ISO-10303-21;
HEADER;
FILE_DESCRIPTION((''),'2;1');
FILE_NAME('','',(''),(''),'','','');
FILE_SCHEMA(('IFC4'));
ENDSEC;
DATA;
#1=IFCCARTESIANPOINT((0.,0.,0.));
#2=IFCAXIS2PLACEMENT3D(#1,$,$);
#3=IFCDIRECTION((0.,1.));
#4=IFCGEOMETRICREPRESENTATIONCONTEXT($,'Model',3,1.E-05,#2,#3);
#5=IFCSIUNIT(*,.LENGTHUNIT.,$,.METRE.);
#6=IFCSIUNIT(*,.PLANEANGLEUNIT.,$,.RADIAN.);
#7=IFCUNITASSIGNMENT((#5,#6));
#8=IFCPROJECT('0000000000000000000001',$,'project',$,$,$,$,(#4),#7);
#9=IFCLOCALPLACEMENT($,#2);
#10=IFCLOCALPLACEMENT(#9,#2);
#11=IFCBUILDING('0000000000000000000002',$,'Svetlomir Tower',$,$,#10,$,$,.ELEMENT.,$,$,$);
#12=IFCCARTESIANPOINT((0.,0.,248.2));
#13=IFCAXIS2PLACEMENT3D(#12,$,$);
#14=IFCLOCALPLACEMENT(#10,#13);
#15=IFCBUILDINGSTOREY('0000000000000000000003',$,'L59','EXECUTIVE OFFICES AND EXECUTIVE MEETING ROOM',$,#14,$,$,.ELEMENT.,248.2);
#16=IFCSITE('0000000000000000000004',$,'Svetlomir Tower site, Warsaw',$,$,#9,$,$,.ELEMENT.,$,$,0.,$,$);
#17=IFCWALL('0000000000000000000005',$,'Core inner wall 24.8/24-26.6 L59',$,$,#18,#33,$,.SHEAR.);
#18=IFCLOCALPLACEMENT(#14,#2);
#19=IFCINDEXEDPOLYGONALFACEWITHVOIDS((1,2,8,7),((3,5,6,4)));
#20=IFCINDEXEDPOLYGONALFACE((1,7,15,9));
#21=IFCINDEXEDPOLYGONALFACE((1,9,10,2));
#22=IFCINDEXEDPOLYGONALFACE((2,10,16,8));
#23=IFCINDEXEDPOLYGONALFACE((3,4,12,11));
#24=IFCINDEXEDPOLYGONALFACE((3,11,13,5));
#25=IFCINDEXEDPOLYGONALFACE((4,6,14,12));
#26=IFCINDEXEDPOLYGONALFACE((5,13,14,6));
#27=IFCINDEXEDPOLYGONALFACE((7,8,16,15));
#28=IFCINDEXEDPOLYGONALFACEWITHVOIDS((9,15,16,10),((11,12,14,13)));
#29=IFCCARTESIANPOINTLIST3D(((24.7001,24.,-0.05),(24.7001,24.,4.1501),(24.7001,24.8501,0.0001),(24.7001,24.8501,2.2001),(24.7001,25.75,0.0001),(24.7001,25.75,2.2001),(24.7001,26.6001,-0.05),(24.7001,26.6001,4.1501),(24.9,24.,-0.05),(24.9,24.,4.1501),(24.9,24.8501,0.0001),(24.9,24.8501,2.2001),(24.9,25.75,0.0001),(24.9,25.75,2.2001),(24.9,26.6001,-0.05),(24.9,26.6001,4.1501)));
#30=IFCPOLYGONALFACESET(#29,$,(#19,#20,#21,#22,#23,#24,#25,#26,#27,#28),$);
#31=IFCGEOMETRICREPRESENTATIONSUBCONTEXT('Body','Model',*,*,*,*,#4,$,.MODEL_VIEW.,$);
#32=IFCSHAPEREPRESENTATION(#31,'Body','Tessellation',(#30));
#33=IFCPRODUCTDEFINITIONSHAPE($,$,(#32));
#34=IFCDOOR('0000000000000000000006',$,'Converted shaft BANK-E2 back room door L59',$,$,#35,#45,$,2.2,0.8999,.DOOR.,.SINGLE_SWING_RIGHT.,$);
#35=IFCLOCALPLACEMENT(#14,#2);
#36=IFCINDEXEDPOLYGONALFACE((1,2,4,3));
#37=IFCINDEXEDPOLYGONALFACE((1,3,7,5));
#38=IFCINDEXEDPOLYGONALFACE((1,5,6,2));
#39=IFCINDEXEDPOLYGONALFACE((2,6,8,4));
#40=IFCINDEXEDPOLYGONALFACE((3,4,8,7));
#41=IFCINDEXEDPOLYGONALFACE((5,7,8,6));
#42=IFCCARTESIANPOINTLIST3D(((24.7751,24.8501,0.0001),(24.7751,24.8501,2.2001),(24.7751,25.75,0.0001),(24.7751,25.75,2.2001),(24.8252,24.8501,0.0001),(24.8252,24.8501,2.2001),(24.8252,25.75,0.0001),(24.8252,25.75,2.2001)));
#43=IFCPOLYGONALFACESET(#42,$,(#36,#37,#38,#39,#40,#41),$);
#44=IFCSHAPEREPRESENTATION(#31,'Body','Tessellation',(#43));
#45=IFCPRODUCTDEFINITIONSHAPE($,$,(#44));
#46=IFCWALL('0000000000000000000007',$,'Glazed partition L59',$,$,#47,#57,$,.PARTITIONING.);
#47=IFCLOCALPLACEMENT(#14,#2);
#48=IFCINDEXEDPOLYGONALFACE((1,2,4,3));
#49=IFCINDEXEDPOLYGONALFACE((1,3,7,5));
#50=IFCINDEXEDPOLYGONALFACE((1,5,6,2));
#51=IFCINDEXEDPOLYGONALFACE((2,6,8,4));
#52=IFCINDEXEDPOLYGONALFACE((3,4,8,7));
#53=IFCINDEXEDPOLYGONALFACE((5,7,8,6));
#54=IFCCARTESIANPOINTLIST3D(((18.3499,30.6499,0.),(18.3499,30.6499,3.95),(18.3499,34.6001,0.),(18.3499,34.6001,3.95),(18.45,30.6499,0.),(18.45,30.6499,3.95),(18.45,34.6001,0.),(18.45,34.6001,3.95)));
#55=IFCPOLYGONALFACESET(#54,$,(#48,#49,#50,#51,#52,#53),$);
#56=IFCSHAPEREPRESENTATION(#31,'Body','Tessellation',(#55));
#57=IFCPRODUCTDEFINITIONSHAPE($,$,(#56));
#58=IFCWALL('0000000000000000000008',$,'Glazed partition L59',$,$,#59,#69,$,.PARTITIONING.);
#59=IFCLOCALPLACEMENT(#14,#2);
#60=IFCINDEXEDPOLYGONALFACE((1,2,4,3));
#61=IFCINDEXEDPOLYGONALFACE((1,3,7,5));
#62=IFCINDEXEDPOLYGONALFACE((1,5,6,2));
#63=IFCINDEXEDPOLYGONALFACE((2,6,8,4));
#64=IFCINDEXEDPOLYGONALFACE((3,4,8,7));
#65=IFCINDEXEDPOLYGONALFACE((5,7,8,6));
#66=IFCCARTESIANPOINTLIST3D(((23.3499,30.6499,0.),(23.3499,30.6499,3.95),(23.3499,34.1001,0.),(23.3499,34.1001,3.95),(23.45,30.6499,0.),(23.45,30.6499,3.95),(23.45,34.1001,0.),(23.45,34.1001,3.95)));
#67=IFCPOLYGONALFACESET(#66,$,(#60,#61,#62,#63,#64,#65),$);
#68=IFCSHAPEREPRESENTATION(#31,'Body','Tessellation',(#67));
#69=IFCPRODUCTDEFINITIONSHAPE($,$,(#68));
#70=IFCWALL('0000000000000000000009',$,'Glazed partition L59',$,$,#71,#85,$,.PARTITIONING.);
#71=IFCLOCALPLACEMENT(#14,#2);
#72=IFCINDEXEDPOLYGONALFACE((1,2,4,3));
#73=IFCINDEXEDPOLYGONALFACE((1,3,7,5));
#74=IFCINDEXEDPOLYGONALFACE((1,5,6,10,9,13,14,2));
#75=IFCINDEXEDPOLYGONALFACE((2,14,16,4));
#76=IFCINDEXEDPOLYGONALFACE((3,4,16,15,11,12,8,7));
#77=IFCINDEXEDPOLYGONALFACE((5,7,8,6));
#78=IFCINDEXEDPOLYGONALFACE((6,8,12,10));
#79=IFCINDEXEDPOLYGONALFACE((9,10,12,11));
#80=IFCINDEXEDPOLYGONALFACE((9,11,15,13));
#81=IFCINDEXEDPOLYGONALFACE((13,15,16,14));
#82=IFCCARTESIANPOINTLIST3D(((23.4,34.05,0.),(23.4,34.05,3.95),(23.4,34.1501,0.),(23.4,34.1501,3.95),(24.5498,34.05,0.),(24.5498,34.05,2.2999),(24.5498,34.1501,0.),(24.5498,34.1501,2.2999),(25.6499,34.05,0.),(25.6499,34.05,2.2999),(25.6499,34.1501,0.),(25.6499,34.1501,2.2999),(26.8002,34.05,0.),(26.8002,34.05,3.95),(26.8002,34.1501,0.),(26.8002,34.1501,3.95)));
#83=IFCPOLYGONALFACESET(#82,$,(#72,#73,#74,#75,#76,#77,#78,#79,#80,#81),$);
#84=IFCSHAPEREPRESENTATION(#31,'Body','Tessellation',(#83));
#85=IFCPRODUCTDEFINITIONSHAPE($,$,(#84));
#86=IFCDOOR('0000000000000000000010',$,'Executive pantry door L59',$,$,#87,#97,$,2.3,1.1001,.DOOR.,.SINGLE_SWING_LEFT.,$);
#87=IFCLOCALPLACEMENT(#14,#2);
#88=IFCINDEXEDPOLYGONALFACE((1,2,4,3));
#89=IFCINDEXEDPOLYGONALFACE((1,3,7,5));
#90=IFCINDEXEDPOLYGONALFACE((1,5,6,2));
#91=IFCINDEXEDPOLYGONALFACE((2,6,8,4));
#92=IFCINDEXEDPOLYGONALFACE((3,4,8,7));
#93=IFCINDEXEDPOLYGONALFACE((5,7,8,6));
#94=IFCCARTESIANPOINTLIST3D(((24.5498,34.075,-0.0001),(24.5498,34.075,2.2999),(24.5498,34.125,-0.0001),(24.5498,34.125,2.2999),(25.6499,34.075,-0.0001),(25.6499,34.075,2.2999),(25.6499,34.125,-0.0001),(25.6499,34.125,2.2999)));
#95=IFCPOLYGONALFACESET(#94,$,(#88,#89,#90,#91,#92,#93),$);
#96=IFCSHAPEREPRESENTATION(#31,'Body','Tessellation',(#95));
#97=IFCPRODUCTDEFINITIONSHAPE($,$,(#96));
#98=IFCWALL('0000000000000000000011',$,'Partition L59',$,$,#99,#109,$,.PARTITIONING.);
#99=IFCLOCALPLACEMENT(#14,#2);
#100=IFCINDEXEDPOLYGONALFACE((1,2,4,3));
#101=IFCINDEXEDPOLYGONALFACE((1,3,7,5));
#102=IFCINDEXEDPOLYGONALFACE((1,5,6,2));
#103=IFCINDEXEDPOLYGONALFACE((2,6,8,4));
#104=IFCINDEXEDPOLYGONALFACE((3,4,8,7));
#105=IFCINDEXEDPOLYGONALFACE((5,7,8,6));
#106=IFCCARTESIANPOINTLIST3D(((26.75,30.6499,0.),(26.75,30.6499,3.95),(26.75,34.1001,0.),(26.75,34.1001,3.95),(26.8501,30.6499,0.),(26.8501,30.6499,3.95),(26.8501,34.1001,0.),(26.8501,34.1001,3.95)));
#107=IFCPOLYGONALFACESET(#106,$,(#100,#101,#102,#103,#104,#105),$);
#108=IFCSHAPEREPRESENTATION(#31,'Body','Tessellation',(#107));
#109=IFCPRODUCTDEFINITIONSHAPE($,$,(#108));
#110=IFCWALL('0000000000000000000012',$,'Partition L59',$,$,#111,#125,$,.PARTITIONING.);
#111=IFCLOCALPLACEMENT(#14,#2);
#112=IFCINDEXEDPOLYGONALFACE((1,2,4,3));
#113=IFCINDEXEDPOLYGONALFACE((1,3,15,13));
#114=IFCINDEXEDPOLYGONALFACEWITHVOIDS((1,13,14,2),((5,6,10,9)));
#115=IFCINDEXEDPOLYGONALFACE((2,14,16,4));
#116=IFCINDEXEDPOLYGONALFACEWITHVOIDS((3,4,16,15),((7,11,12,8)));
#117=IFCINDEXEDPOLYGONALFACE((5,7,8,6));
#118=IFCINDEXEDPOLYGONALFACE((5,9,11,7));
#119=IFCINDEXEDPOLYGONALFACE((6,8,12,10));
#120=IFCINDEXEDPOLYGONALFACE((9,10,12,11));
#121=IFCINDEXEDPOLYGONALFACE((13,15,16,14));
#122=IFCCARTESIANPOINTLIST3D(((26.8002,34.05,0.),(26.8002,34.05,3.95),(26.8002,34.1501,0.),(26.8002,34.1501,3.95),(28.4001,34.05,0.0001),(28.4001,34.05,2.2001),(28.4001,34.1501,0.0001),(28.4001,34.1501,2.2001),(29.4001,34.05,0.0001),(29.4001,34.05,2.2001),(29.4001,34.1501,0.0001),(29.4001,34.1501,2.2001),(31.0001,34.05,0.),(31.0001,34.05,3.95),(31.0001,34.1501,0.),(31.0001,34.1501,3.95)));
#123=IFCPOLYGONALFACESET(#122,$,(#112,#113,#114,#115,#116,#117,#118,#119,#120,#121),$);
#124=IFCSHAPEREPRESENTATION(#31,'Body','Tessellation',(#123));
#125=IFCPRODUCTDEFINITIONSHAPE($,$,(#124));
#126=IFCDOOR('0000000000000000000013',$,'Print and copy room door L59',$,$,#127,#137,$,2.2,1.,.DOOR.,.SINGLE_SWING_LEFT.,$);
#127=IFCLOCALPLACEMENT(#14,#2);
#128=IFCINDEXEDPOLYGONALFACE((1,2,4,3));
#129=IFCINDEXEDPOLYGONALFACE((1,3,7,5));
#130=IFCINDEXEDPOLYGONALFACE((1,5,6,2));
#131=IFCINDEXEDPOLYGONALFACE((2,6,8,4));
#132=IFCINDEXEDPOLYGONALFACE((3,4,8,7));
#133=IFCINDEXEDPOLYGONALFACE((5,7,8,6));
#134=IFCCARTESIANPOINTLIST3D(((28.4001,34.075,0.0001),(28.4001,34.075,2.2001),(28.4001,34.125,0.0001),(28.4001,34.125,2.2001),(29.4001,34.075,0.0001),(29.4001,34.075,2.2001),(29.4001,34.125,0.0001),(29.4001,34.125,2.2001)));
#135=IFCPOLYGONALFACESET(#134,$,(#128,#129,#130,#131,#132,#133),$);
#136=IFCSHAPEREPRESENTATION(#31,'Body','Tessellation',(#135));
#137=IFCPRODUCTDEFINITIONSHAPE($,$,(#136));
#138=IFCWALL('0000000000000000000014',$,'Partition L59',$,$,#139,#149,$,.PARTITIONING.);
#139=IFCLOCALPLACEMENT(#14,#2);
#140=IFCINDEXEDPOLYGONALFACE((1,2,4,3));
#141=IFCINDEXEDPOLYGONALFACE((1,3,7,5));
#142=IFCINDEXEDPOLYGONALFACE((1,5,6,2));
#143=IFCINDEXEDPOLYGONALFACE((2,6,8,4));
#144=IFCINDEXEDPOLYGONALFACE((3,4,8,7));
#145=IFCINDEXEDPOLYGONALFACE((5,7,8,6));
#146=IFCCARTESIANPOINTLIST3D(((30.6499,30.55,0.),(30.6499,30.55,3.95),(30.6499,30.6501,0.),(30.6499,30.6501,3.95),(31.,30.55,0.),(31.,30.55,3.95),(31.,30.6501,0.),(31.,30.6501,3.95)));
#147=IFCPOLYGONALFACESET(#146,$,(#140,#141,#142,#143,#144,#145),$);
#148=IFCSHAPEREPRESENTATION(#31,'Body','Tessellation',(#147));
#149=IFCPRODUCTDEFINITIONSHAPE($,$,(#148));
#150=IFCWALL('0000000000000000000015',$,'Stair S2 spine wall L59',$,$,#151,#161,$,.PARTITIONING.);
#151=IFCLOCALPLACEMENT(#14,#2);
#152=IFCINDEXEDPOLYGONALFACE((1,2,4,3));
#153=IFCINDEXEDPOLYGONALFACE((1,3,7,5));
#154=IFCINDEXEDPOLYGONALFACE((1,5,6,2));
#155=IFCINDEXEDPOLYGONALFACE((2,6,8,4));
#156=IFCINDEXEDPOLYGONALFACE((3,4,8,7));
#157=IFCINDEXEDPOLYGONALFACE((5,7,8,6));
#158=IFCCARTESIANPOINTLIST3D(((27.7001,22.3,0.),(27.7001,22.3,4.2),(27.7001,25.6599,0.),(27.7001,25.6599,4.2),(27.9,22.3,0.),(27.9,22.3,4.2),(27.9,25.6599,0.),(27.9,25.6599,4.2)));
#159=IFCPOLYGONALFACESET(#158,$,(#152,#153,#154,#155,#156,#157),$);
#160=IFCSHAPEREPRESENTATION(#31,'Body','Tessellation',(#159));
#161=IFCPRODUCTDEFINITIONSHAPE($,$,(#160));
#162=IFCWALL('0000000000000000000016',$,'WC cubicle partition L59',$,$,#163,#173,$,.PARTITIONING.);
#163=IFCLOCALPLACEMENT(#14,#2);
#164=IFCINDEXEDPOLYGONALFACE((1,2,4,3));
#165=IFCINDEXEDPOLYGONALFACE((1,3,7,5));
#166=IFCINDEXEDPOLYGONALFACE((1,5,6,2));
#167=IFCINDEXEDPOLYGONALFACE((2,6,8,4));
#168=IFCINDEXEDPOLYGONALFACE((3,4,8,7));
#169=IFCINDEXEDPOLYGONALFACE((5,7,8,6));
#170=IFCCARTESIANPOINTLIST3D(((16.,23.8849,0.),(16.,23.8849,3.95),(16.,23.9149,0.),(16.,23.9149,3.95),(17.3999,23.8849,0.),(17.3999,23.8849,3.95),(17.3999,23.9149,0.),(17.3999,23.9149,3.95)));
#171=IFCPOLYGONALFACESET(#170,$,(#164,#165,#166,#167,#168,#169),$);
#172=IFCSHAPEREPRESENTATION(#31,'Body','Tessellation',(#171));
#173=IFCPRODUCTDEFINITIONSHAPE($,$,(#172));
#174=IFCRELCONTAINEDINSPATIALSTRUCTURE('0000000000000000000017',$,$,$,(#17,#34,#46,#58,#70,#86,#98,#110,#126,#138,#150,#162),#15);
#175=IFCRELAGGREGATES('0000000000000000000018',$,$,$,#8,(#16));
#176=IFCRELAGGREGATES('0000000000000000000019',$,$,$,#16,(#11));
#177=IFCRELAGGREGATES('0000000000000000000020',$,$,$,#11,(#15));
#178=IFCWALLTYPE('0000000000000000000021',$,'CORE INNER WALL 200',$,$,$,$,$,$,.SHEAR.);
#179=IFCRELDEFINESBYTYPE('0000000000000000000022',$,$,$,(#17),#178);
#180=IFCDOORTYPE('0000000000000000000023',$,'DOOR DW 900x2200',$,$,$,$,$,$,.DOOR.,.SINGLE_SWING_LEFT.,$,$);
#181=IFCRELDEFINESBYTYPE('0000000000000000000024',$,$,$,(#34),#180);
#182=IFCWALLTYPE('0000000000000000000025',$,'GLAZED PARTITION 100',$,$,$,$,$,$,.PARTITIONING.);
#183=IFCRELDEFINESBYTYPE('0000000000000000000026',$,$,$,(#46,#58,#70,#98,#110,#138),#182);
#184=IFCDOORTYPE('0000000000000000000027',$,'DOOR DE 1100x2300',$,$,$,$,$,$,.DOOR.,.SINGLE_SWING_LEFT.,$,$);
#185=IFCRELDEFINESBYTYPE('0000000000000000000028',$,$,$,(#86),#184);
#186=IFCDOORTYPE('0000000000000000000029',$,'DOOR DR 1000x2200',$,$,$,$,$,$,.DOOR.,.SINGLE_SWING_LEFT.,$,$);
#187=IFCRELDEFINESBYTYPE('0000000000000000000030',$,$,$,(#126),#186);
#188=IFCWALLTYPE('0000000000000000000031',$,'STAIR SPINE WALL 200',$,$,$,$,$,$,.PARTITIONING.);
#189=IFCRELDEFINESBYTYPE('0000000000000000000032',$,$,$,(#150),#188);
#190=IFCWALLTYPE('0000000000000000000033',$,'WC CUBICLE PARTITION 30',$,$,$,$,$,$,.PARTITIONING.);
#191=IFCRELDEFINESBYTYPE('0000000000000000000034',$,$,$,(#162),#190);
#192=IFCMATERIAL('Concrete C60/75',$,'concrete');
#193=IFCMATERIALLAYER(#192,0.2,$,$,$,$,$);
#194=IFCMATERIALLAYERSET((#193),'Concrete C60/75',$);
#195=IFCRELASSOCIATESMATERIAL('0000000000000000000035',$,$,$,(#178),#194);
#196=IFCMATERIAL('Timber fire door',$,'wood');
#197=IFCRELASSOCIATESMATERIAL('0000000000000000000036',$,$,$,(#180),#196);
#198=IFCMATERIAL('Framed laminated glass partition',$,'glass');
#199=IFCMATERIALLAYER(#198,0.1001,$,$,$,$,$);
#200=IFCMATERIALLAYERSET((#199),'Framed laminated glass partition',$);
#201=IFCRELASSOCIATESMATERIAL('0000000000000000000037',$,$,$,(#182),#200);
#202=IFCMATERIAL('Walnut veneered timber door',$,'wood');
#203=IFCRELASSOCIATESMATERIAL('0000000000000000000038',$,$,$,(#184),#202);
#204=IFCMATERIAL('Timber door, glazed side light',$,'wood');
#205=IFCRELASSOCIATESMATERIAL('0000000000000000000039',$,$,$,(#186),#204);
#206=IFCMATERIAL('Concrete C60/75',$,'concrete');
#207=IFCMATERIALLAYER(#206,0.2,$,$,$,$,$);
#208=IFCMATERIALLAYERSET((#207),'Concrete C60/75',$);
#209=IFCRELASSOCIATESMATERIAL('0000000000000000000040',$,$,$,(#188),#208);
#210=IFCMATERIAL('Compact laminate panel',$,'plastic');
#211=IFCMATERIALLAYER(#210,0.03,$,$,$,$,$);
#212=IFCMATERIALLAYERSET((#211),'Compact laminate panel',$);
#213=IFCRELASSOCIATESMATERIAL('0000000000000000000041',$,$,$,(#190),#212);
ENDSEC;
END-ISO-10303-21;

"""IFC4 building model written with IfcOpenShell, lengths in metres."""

from ifc_helpers import new_model, si_unit, direction, frame, frame_2d, origin, place, context, subcontext, project, spatial, rectangle, extrude, material, layer, layer_set, type_object, element, fill, save


model = new_model("IFC4")

# Units and contexts
model_context = context("Model", 3, precision=1e-05, world=origin(), true_north=direction((0.0, 1.0)))
body_context = subcontext(model_context, "Body", "Model", "MODEL_VIEW")
ifc_project = project(units=[si_unit("LENGTHUNIT", "METRE"), si_unit("PLANEANGLEUNIT", "RADIAN")], contexts=[model_context])

# Site, building, storey
site_placement = place(None, origin())
site = spatial("IfcSite", under=ifc_project, at=site_placement, Name="Svetlomir Tower site, Warsaw", CompositionType="ELEMENT", RefElevation=0.0)
building_placement = place(site_placement, origin())
building = spatial("IfcBuilding", under=site, at=building_placement, Name="Svetlomir Tower", CompositionType="ELEMENT")
storey_placement = place(building_placement, frame((0.0, 0.0, 248.2)))
storey = spatial("IfcBuildingStorey", under=building, at=storey_placement, Name="L59", Description="EXECUTIVE OFFICES AND EXECUTIVE MEETING ROOM", CompositionType="ELEMENT", Elevation=248.2)

# Shared definitions
ifc_material_1 = material(Name="Concrete C60/75", Category="concrete")
ifc_layer_1 = layer(ifc_material_1, 0.2)
ifc_layer_set_1 = layer_set([ifc_layer_1], Name="Concrete C60/75")
wall_type_1 = type_object("IfcWallType", Name="CORE INNER WALL 200", PredefinedType="SHEAR", material=ifc_layer_set_1)

# Wall, opening, door
ifc_material_2 = material(Name="Timber fire door", Category="wood")
door_type_1 = type_object("IfcDoorType", Name="DOOR DW 900x2200", OperationType="SINGLE_SWING_LEFT", PredefinedType="DOOR", material=ifc_material_2)
wall_1_placement = place(storey_placement, frame((24.8, 24.0, -0.05), z_axis=(0.0, 0.0, 1.0), x_axis=(0.0, 1.0, 0.0)))
wall_1 = element("IfcWall", 1, at=wall_1_placement, inside=storey, type_object=wall_type_1, Name="Core inner wall 24.8/24-26.6 L59", PredefinedType="SHEAR", context=body_context, shape_type="SweptSolid", body=[
    extrude(rectangle(XDim=2.6001, YDim=0.2, at=frame_2d((1.3, 0.0))), origin(), (0.0, 0.0, 1.0), 4.2002),
])
opening_1_placement = place(wall_1_placement, frame((0.8501, 0.0, 0.05)))
opening_1 = element("IfcOpeningElement", 2, at=opening_1_placement, cuts=wall_1, PredefinedType="OPENING", context=body_context, shape_type="SweptSolid", body=[
    extrude(rectangle(XDim=0.8999, YDim=2.2, at=frame_2d((0.45, 1.1001))), frame((0.0, 0.1099, 0.0), z_axis=(0.0, -1.0, 0.0), x_axis=(1.0, 0.0, 0.0)), (0.0, 0.0, 1.0), 0.22),
])
door_1_placement = place(opening_1_placement, origin())
door_1 = element("IfcDoor", 3, at=door_1_placement, inside=storey, type_object=door_type_1, Name="Converted shaft BANK-E2 back room door L59", OperationType="SINGLE_SWING_RIGHT", OverallHeight=2.2, OverallWidth=0.8999, PredefinedType="DOOR", context=body_context, shape_type="SweptSolid", body=[
    extrude(rectangle(XDim=0.8999, YDim=2.2, at=frame_2d((0.45, 1.1001))), frame((0.0, 0.0249, 0.0), z_axis=(0.0, -1.0, 0.0), x_axis=(1.0, 0.0, 0.0)), (0.0, 0.0, 1.0), 0.05),
])
fill(opening_1, door_1)

# Walls
ifc_material_3 = material(Name="Framed laminated glass partition", Category="glass")
ifc_layer_2 = layer(ifc_material_3, 0.1001)
ifc_layer_set_2 = layer_set([ifc_layer_2], Name="Framed laminated glass partition")
wall_type_2 = type_object("IfcWallType", Name="GLAZED PARTITION 100", PredefinedType="PARTITIONING", material=ifc_layer_set_2)
wall_2_placement = place(storey_placement, frame((18.3999, 30.6499, 0.0), z_axis=(0.0, 0.0, 1.0), x_axis=(0.0, 1.0, 0.0)))
element("IfcWall", 4, at=wall_2_placement, inside=storey, type_object=wall_type_2, Name="Glazed partition L59", PredefinedType="PARTITIONING", context=body_context, shape_type="SweptSolid", body=[
    extrude(rectangle(XDim=3.9502, YDim=0.1001, at=frame_2d((1.9751, 0.0))), origin(), (0.0, 0.0, 1.0), 3.95),
])
wall_3_placement = place(storey_placement, frame((23.3999, 30.6499, 0.0), z_axis=(0.0, 0.0, 1.0), x_axis=(0.0, 1.0, 0.0)))
element("IfcWall", 5, at=wall_3_placement, inside=storey, type_object=wall_type_2, Name="Glazed partition L59", PredefinedType="PARTITIONING", context=body_context, shape_type="SweptSolid", body=[
    extrude(rectangle(XDim=3.4502, YDim=0.1001, at=frame_2d((1.7251, 0.0))), origin(), (0.0, 0.0, 1.0), 3.95),
])

# Wall, opening, door
wall_4_placement = place(storey_placement, frame((23.3999, 34.1001, 0.0), z_axis=(0.0, 0.0, 1.0), x_axis=(1.0, 0.0, 0.0)))
wall_4 = element("IfcWall", 6, at=wall_4_placement, inside=storey, type_object=wall_type_2, Name="Glazed partition L59", PredefinedType="PARTITIONING", context=body_context, shape_type="SweptSolid", body=[
    extrude(rectangle(XDim=3.4001, YDim=0.1001, at=frame_2d((1.7002, 0.0))), origin(), (0.0, 0.0, 1.0), 3.95),
])
opening_2_placement = place(wall_4_placement, frame((1.1499, 0.0, 0.0)))
opening_2 = element("IfcOpeningElement", 7, at=opening_2_placement, cuts=wall_4, PredefinedType="OPENING", context=body_context, shape_type="SweptSolid", body=[
    extrude(rectangle(XDim=1.1001, YDim=2.3, at=frame_2d((0.55, 1.1499))), frame((0.0, 0.0601, 0.0), z_axis=(0.0, -1.0, 0.0), x_axis=(1.0, 0.0, 0.0)), (0.0, 0.0, 1.0), 0.1201),
])
ifc_material_4 = material(Name="Walnut veneered timber door", Category="wood")
door_type_2 = type_object("IfcDoorType", Name="DOOR DE 1100x2300", OperationType="SINGLE_SWING_LEFT", PredefinedType="DOOR", material=ifc_material_4)
door_2_placement = place(opening_2_placement, origin())
door_2 = element("IfcDoor", 8, at=door_2_placement, inside=storey, type_object=door_type_2, Name="Executive pantry door L59", OperationType="SINGLE_SWING_LEFT", OverallHeight=2.3, OverallWidth=1.1001, PredefinedType="DOOR", context=body_context, shape_type="SweptSolid", body=[
    extrude(rectangle(XDim=1.1001, YDim=2.3, at=frame_2d((0.55, 1.1499))), frame((0.0, 0.0249, 0.0), z_axis=(0.0, -1.0, 0.0), x_axis=(1.0, 0.0, 0.0)), (0.0, 0.0, 1.0), 0.05),
])
fill(opening_2, door_2)

# Wall
wall_5_placement = place(storey_placement, frame((26.8, 30.6499, 0.0), z_axis=(0.0, 0.0, 1.0), x_axis=(0.0, 1.0, 0.0)))
element("IfcWall", 9, at=wall_5_placement, inside=storey, type_object=wall_type_2, Name="Partition L59", PredefinedType="PARTITIONING", context=body_context, shape_type="SweptSolid", body=[
    extrude(rectangle(XDim=3.4502, YDim=0.1001, at=frame_2d((1.7251, 0.0))), origin(), (0.0, 0.0, 1.0), 3.95),
])

# Wall, opening, door
wall_6_placement = place(storey_placement, frame((26.8, 34.1001, 0.0), z_axis=(0.0, 0.0, 1.0), x_axis=(1.0, 0.0, 0.0)))
wall_6 = element("IfcWall", 10, at=wall_6_placement, inside=storey, type_object=wall_type_2, Name="Partition L59", PredefinedType="PARTITIONING", context=body_context, shape_type="SweptSolid", body=[
    extrude(rectangle(XDim=4.2, YDim=0.1001, at=frame_2d((2.1001, 0.0))), origin(), (0.0, 0.0, 1.0), 3.95),
])
opening_3_placement = place(wall_6_placement, frame((1.6001, 0.0, 0.0)))
opening_3 = element("IfcOpeningElement", 11, at=opening_3_placement, cuts=wall_6, PredefinedType="OPENING", context=body_context, shape_type="SweptSolid", body=[
    extrude(rectangle(XDim=1.0, YDim=2.2, at=frame_2d((0.5, 1.1001))), frame((0.0, 0.0601, 0.0), z_axis=(0.0, -1.0, 0.0), x_axis=(1.0, 0.0, 0.0)), (0.0, 0.0, 1.0), 0.1201),
])
ifc_material_5 = material(Name="Timber door, glazed side light", Category="wood")
door_type_3 = type_object("IfcDoorType", Name="DOOR DR 1000x2200", OperationType="SINGLE_SWING_LEFT", PredefinedType="DOOR", material=ifc_material_5)
door_3_placement = place(opening_3_placement, origin())
door_3 = element("IfcDoor", 12, at=door_3_placement, inside=storey, type_object=door_type_3, Name="Print and copy room door L59", OperationType="SINGLE_SWING_LEFT", OverallHeight=2.2, OverallWidth=1.0, PredefinedType="DOOR", context=body_context, shape_type="SweptSolid", body=[
    extrude(rectangle(XDim=1.0, YDim=2.2, at=frame_2d((0.5, 1.1001))), frame((0.0, 0.0249, 0.0), z_axis=(0.0, -1.0, 0.0), x_axis=(1.0, 0.0, 0.0)), (0.0, 0.0, 1.0), 0.05),
])
fill(opening_3, door_3)

# Walls
wall_7_placement = place(storey_placement, frame((30.6499, 30.6001, 0.0), z_axis=(0.0, 0.0, 1.0), x_axis=(1.0, 0.0, 0.0)))
element("IfcWall", 13, at=wall_7_placement, inside=storey, type_object=wall_type_2, Name="Partition L59", PredefinedType="PARTITIONING", context=body_context, shape_type="SweptSolid", body=[
    extrude(rectangle(XDim=0.3501, YDim=0.1001, at=frame_2d((0.175, 0.0))), origin(), (0.0, 0.0, 1.0), 3.95),
])
ifc_material_6 = material(Name="Concrete C60/75", Category="concrete")
ifc_layer_3 = layer(ifc_material_6, 0.2)
ifc_layer_set_3 = layer_set([ifc_layer_3], Name="Concrete C60/75")
wall_type_3 = type_object("IfcWallType", Name="STAIR SPINE WALL 200", PredefinedType="PARTITIONING", material=ifc_layer_set_3)
wall_8_placement = place(storey_placement, frame((27.8, 22.3, 0.0), z_axis=(0.0, 0.0, 1.0), x_axis=(0.0, 1.0, 0.0)))
element("IfcWall", 14, at=wall_8_placement, inside=storey, type_object=wall_type_3, Name="Stair S2 spine wall L59", PredefinedType="PARTITIONING", context=body_context, shape_type="SweptSolid", body=[
    extrude(rectangle(XDim=3.3599, YDim=0.2, at=frame_2d((1.6799, 0.0))), origin(), (0.0, 0.0, 1.0), 4.2),
])
ifc_material_7 = material(Name="Compact laminate panel", Category="plastic")
ifc_layer_4 = layer(ifc_material_7, 0.03)
ifc_layer_set_4 = layer_set([ifc_layer_4], Name="Compact laminate panel")
wall_type_4 = type_object("IfcWallType", Name="WC CUBICLE PARTITION 30", PredefinedType="PARTITIONING", material=ifc_layer_set_4)
wall_9_placement = place(storey_placement, frame((16.0, 23.8999, 0.0), z_axis=(0.0, 0.0, 1.0), x_axis=(1.0, 0.0, 0.0)))
element("IfcWall", 15, at=wall_9_placement, inside=storey, type_object=wall_type_4, Name="WC cubicle partition L59", PredefinedType="PARTITIONING", context=body_context, shape_type="SweptSolid", body=[
    extrude(rectangle(XDim=1.3999, YDim=0.03, at=frame_2d((0.7, 0.0))), origin(), (0.0, 0.0, 1.0), 3.95),
])

save(model, "model.ifc")
